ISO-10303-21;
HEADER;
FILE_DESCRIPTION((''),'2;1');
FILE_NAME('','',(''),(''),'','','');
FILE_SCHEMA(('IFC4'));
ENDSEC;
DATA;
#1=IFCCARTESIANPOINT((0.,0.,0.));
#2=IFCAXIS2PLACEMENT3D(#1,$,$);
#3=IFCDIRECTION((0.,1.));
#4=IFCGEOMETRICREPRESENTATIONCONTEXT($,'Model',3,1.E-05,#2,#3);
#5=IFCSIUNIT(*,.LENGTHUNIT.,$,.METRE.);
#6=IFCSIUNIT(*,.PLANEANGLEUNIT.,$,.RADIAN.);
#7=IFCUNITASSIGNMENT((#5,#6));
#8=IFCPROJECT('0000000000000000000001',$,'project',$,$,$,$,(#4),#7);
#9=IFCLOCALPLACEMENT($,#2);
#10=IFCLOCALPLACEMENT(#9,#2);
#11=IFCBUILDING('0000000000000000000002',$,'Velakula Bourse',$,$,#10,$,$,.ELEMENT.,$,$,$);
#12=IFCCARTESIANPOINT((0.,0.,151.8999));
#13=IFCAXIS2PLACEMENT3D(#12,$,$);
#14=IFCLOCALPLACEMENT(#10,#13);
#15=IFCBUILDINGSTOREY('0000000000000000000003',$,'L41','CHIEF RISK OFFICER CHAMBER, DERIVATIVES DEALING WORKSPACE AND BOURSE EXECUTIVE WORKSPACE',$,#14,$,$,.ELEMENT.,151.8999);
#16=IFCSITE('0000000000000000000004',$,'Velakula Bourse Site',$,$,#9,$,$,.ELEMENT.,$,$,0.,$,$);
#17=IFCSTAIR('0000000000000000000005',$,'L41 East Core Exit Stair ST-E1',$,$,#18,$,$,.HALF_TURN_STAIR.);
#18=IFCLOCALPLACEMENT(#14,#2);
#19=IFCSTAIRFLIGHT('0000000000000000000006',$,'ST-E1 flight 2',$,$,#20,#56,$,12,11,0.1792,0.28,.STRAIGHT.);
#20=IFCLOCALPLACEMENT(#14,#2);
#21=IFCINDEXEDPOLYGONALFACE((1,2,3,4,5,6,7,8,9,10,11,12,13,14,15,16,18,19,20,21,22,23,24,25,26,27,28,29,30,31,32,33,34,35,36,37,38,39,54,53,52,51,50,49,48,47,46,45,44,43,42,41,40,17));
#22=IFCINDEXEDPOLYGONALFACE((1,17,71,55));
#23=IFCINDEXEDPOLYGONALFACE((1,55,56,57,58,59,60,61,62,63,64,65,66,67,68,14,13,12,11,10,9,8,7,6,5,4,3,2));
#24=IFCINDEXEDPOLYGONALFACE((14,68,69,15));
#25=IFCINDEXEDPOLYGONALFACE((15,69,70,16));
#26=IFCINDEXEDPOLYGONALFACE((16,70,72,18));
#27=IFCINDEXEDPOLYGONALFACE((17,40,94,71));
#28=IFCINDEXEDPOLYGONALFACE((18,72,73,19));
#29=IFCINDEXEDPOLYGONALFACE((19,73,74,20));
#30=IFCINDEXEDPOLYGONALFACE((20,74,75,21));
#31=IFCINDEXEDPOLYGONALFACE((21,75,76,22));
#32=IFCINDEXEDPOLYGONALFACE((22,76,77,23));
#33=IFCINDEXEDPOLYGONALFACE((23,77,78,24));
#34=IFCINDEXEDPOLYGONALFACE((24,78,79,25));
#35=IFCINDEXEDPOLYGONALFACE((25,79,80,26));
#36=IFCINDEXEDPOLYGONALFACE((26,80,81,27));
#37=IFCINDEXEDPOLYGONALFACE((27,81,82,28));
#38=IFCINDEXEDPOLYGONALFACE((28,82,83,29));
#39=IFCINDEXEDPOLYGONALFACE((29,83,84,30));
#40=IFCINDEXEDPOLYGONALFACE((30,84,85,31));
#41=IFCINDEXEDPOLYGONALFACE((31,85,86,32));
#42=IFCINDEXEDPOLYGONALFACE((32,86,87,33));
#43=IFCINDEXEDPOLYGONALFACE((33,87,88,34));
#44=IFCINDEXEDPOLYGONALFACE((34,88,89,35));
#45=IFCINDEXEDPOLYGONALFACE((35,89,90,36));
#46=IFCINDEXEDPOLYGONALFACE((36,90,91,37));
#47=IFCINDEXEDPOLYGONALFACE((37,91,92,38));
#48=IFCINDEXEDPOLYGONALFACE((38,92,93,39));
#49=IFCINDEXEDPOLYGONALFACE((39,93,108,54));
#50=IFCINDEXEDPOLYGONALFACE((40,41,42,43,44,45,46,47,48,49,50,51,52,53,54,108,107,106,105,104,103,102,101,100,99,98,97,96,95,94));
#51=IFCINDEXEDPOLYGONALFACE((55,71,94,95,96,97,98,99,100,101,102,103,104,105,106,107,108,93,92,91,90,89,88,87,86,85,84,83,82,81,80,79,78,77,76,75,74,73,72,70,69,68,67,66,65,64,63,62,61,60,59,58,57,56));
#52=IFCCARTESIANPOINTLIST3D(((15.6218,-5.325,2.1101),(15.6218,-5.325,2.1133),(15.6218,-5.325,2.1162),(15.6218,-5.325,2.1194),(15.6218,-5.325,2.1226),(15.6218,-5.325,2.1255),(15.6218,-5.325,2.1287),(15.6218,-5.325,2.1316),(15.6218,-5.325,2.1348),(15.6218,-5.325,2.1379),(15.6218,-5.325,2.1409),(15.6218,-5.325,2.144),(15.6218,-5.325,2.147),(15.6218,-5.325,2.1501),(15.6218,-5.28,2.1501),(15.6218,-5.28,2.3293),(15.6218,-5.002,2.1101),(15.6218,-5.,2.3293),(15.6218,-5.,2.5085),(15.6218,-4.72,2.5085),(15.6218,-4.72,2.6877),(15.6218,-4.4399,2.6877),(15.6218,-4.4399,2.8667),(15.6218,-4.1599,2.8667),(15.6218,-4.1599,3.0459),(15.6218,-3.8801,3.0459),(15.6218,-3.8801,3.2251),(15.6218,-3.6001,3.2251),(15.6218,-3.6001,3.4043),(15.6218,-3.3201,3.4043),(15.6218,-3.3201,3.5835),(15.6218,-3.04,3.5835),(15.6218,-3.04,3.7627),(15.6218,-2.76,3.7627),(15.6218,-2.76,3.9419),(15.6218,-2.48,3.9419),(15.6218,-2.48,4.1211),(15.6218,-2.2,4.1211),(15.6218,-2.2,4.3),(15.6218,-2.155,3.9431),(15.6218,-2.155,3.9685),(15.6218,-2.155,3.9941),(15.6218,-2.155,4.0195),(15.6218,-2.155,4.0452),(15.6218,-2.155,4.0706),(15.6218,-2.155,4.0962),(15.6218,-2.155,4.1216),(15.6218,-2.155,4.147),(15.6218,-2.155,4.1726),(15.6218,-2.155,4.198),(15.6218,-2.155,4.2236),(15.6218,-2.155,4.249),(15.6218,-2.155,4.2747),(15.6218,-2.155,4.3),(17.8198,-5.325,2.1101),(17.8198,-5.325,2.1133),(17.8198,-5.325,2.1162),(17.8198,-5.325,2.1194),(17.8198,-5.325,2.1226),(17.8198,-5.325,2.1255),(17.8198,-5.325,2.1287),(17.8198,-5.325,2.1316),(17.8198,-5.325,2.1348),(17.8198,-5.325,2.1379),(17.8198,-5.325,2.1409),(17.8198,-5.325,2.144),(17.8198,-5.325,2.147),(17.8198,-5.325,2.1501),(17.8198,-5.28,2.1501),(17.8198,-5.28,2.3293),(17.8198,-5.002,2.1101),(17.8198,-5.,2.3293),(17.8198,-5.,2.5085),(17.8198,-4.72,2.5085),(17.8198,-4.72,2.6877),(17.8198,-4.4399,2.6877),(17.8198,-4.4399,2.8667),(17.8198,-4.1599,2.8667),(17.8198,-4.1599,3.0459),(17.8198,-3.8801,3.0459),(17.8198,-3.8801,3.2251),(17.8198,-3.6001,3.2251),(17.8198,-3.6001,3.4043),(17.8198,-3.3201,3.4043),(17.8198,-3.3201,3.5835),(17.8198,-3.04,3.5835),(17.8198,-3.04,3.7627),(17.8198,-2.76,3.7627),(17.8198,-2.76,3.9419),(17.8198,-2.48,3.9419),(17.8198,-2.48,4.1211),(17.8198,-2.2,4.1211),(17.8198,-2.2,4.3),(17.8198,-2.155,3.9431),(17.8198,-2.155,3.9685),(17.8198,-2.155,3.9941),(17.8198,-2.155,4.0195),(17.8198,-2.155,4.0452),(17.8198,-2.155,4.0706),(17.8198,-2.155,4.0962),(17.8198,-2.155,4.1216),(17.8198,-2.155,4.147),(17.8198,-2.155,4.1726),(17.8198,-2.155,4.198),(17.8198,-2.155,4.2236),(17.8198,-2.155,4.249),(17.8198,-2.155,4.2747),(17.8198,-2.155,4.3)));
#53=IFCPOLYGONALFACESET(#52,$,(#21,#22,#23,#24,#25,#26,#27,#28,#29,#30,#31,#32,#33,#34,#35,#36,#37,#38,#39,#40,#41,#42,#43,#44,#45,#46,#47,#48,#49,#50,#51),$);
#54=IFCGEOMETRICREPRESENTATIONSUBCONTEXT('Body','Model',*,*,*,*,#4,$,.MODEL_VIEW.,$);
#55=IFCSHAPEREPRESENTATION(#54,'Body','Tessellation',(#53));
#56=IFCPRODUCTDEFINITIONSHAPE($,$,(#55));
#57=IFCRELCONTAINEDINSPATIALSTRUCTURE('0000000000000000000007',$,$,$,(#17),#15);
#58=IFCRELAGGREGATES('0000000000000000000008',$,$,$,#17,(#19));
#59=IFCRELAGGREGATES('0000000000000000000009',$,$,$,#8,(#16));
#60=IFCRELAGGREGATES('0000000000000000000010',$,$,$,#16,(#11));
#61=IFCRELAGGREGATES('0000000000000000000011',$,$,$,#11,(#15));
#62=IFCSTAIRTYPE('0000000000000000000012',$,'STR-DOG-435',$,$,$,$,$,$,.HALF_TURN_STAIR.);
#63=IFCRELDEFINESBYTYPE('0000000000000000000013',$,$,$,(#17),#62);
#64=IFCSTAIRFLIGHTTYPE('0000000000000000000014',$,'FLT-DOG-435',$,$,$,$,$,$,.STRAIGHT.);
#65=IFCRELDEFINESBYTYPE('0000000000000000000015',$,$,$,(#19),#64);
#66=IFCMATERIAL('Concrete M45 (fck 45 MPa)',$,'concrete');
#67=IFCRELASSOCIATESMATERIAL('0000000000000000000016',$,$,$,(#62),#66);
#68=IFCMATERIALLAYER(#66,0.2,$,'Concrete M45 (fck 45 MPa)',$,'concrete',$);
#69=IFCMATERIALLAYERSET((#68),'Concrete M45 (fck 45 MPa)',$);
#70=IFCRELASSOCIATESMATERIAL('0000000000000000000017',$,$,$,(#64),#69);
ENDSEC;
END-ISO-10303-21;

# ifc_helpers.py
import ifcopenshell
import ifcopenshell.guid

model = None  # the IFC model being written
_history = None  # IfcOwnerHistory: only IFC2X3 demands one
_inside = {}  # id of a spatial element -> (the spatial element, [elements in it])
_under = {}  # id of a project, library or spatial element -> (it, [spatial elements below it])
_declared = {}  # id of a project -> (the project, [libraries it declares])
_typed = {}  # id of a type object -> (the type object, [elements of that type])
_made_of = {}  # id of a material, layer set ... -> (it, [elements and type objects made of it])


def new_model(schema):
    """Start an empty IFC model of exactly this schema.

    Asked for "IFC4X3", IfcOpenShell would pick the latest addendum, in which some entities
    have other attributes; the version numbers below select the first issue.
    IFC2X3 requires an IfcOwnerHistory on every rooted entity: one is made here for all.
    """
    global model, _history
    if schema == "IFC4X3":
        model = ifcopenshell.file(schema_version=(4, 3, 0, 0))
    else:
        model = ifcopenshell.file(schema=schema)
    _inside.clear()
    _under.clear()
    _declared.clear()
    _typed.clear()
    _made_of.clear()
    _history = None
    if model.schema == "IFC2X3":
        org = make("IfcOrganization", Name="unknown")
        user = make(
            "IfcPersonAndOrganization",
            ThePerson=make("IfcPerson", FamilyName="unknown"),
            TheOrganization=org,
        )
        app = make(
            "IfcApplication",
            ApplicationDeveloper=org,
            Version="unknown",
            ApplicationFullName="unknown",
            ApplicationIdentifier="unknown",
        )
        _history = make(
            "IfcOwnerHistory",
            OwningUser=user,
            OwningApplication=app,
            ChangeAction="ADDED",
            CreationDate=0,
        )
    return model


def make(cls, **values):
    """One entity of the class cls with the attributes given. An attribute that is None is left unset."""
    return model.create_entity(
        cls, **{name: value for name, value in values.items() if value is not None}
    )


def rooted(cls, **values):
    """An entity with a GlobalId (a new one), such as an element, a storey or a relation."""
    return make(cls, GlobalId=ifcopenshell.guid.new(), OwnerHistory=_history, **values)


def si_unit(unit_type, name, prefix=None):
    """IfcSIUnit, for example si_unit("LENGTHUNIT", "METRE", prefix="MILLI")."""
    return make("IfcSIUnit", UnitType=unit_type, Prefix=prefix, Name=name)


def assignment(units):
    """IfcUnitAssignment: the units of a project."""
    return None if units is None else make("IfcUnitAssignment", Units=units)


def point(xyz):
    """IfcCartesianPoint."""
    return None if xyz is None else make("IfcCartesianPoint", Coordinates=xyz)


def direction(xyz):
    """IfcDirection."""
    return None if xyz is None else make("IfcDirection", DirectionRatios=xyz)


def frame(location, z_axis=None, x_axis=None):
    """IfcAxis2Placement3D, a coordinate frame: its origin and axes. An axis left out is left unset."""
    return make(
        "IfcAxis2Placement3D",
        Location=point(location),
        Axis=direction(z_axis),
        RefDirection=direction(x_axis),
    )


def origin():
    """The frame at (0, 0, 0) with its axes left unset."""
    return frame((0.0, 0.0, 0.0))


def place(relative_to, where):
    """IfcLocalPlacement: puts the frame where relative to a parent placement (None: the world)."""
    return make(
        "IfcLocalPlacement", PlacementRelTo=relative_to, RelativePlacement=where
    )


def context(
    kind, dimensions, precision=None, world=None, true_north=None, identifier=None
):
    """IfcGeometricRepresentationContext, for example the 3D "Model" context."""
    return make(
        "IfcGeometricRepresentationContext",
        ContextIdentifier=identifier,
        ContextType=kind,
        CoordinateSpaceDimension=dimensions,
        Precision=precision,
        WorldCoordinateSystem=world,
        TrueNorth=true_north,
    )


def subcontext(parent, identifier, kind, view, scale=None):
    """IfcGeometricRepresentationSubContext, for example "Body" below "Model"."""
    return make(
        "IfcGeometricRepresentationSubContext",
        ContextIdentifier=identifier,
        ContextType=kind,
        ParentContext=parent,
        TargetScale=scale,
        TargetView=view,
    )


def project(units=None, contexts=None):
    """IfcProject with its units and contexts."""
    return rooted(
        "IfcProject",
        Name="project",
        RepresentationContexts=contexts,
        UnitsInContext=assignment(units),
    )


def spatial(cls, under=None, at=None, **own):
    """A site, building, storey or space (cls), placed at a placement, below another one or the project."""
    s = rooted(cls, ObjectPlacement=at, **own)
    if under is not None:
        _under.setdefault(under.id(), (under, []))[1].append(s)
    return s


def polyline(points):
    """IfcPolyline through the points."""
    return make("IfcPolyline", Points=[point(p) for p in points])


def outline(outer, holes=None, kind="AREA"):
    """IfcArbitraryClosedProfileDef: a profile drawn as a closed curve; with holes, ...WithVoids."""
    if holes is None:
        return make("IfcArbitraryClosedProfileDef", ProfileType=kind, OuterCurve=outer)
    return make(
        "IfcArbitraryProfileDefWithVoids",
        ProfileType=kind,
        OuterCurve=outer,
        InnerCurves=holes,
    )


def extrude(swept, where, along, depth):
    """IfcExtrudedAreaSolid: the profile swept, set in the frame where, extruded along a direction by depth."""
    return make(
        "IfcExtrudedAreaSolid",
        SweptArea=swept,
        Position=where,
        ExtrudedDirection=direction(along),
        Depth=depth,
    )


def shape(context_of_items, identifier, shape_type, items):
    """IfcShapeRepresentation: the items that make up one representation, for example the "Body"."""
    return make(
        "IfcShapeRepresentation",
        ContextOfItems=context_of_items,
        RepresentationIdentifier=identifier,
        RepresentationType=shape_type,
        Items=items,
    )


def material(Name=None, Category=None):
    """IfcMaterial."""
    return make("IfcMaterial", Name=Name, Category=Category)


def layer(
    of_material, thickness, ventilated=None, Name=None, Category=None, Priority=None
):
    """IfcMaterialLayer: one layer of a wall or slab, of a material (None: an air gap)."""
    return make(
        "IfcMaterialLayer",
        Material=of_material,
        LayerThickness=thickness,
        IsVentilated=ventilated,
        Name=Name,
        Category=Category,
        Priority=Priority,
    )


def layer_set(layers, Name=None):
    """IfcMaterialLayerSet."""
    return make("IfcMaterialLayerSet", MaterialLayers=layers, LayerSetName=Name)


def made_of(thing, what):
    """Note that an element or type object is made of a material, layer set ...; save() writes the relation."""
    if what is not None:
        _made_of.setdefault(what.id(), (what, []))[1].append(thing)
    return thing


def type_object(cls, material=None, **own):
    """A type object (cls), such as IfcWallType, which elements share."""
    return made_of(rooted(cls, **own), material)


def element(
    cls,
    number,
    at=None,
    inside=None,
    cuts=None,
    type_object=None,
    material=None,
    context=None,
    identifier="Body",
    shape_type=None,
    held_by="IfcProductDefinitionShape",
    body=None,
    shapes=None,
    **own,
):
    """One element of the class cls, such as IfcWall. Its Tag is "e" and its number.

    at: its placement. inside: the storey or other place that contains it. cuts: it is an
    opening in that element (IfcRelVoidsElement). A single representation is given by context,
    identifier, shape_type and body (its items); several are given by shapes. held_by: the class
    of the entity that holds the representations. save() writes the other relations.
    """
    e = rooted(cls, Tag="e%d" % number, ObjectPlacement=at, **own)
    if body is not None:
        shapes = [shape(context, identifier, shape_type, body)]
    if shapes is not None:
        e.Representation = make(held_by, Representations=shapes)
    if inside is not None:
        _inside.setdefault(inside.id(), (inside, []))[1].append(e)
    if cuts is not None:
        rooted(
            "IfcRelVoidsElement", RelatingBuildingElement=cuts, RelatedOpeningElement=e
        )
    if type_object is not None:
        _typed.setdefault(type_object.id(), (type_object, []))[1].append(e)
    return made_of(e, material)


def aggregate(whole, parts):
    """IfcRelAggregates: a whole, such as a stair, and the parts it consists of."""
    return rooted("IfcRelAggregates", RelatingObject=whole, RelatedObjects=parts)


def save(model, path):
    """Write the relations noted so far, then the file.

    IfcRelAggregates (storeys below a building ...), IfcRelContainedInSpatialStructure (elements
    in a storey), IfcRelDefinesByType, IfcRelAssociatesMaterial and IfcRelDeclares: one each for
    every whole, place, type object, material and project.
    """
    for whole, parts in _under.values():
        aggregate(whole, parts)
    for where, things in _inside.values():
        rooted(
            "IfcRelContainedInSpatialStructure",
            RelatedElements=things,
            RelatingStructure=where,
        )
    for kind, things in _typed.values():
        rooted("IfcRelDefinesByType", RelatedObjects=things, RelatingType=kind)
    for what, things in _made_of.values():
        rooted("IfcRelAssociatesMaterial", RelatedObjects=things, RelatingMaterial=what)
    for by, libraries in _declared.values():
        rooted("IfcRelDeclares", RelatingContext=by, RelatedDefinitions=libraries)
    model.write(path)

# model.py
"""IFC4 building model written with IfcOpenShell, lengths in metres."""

from ifc_helpers import new_model, si_unit, direction, frame, origin, place, context, subcontext, project, spatial, polyline, outline, extrude, material, layer, layer_set, type_object, element, aggregate, save


model = new_model("IFC4")

# Units and contexts
model_context = context("Model", 3, precision=1e-05, world=origin(), true_north=direction((0.0, 1.0)))
body_context = subcontext(model_context, "Body", "Model", "MODEL_VIEW")
ifc_project = project(units=[si_unit("LENGTHUNIT", "METRE"), si_unit("PLANEANGLEUNIT", "RADIAN")], contexts=[model_context])

# Site, building, storey
site_placement = place(None, origin())
site = spatial("IfcSite", under=ifc_project, at=site_placement, Name="Velakula Bourse Site", CompositionType="ELEMENT", RefElevation=0.0)
building_placement = place(site_placement, origin())
building = spatial("IfcBuilding", under=site, at=building_placement, Name="Velakula Bourse", CompositionType="ELEMENT")
storey_placement = place(building_placement, frame((0.0, 0.0, 151.8999)))
storey = spatial("IfcBuildingStorey", under=building, at=storey_placement, Name="L41", Description="CHIEF RISK OFFICER CHAMBER, DERIVATIVES DEALING WORKSPACE AND BOURSE EXECUTIVE WORKSPACE", CompositionType="ELEMENT", Elevation=151.8999)

# Stair, stair flight
ifc_material_1 = material(Name="Concrete M45 (fck 45 MPa)", Category="concrete")
stair_type = type_object("IfcStairType", Name="STR-DOG-435", PredefinedType="HALF_TURN_STAIR", material=ifc_material_1)
stair_placement = place(storey_placement, origin())
stair = element("IfcStair", 1, at=stair_placement, inside=storey, type_object=stair_type, Name="L41 East Core Exit Stair ST-E1", PredefinedType="HALF_TURN_STAIR")
ifc_layer_1 = layer(ifc_material_1, 0.2, Name="Concrete M45 (fck 45 MPa)", Category="concrete")
ifc_layer_set_1 = layer_set([ifc_layer_1], Name="Concrete M45 (fck 45 MPa)")
stair_flight_type = type_object("IfcStairFlightType", Name="FLT-DOG-435", PredefinedType="STRAIGHT", material=ifc_layer_set_1)
stair_flight_1_placement = place(storey_placement, frame((16.7209, -5.28, 2.1501), z_axis=(0.0, 0.0, 1.0), x_axis=(0.0, 1.0, 0.0)))
stair_flight_1 = element("IfcStairFlight", 2, at=stair_flight_1_placement, type_object=stair_flight_type, Name="ST-E1 flight 2", NumberOfRisers=12, NumberOfTreads=11, PredefinedType="STRAIGHT", RiserHeight=0.1792, TreadLength=0.28, context=body_context, shape_type="SweptSolid", body=[
    extrude(outline(polyline([(-0.0449, -0.04), (-0.0449, -0.0369), (-0.0449, -0.0339), (-0.0449, -0.0308), (-0.0449, -0.0276), (-0.0449, -0.0247), (-0.0449, -0.0215), (-0.0449, -0.0186), (-0.0449, -0.0154), (-0.0449, -0.0122), (-0.0449, -0.0093), (-0.0449, -0.0061), (-0.0449, -0.0032), (-0.0449, 0.0), (0.0, 0.0), (0.0, 0.1792), (0.28, 0.1792), (0.28, 0.3584), (0.5601, 0.3584), (0.5601, 0.5376), (0.8401, 0.5376), (0.8401, 0.7166), (1.1201, 0.7166), (1.1201, 0.8958), (1.3999, 0.8958), (1.3999, 1.075), (1.6799, 1.075), (1.6799, 1.2542), (1.96, 1.2542), (1.96, 1.4333), (2.24, 1.4333), (2.24, 1.6125), (2.52, 1.6125), (2.52, 1.7917), (2.8, 1.7917), (2.8, 1.9709), (3.0801, 1.9709), (3.0801, 2.1499), (3.125, 2.1499), (3.125, 2.1245), (3.125, 2.0989), (3.125, 2.0735), (3.125, 2.0479), (3.125, 2.0225), (3.125, 1.9968), (3.125, 1.9714), (3.125, 1.946), (3.125, 1.9204), (3.125, 1.895), (3.125, 1.8694), (3.125, 1.844), (3.125, 1.8184), (3.125, 1.793), (0.2781, -0.04), (-0.0449, -0.04)])), frame((0.0, 1.0991, 0.0), z_axis=(0.0, -1.0, 0.0), x_axis=(1.0, 0.0, 0.0)), (0.0, 0.0, 1.0), 2.198),
])
aggregate(stair, [stair_flight_1])

save(model, "model.ifc")
